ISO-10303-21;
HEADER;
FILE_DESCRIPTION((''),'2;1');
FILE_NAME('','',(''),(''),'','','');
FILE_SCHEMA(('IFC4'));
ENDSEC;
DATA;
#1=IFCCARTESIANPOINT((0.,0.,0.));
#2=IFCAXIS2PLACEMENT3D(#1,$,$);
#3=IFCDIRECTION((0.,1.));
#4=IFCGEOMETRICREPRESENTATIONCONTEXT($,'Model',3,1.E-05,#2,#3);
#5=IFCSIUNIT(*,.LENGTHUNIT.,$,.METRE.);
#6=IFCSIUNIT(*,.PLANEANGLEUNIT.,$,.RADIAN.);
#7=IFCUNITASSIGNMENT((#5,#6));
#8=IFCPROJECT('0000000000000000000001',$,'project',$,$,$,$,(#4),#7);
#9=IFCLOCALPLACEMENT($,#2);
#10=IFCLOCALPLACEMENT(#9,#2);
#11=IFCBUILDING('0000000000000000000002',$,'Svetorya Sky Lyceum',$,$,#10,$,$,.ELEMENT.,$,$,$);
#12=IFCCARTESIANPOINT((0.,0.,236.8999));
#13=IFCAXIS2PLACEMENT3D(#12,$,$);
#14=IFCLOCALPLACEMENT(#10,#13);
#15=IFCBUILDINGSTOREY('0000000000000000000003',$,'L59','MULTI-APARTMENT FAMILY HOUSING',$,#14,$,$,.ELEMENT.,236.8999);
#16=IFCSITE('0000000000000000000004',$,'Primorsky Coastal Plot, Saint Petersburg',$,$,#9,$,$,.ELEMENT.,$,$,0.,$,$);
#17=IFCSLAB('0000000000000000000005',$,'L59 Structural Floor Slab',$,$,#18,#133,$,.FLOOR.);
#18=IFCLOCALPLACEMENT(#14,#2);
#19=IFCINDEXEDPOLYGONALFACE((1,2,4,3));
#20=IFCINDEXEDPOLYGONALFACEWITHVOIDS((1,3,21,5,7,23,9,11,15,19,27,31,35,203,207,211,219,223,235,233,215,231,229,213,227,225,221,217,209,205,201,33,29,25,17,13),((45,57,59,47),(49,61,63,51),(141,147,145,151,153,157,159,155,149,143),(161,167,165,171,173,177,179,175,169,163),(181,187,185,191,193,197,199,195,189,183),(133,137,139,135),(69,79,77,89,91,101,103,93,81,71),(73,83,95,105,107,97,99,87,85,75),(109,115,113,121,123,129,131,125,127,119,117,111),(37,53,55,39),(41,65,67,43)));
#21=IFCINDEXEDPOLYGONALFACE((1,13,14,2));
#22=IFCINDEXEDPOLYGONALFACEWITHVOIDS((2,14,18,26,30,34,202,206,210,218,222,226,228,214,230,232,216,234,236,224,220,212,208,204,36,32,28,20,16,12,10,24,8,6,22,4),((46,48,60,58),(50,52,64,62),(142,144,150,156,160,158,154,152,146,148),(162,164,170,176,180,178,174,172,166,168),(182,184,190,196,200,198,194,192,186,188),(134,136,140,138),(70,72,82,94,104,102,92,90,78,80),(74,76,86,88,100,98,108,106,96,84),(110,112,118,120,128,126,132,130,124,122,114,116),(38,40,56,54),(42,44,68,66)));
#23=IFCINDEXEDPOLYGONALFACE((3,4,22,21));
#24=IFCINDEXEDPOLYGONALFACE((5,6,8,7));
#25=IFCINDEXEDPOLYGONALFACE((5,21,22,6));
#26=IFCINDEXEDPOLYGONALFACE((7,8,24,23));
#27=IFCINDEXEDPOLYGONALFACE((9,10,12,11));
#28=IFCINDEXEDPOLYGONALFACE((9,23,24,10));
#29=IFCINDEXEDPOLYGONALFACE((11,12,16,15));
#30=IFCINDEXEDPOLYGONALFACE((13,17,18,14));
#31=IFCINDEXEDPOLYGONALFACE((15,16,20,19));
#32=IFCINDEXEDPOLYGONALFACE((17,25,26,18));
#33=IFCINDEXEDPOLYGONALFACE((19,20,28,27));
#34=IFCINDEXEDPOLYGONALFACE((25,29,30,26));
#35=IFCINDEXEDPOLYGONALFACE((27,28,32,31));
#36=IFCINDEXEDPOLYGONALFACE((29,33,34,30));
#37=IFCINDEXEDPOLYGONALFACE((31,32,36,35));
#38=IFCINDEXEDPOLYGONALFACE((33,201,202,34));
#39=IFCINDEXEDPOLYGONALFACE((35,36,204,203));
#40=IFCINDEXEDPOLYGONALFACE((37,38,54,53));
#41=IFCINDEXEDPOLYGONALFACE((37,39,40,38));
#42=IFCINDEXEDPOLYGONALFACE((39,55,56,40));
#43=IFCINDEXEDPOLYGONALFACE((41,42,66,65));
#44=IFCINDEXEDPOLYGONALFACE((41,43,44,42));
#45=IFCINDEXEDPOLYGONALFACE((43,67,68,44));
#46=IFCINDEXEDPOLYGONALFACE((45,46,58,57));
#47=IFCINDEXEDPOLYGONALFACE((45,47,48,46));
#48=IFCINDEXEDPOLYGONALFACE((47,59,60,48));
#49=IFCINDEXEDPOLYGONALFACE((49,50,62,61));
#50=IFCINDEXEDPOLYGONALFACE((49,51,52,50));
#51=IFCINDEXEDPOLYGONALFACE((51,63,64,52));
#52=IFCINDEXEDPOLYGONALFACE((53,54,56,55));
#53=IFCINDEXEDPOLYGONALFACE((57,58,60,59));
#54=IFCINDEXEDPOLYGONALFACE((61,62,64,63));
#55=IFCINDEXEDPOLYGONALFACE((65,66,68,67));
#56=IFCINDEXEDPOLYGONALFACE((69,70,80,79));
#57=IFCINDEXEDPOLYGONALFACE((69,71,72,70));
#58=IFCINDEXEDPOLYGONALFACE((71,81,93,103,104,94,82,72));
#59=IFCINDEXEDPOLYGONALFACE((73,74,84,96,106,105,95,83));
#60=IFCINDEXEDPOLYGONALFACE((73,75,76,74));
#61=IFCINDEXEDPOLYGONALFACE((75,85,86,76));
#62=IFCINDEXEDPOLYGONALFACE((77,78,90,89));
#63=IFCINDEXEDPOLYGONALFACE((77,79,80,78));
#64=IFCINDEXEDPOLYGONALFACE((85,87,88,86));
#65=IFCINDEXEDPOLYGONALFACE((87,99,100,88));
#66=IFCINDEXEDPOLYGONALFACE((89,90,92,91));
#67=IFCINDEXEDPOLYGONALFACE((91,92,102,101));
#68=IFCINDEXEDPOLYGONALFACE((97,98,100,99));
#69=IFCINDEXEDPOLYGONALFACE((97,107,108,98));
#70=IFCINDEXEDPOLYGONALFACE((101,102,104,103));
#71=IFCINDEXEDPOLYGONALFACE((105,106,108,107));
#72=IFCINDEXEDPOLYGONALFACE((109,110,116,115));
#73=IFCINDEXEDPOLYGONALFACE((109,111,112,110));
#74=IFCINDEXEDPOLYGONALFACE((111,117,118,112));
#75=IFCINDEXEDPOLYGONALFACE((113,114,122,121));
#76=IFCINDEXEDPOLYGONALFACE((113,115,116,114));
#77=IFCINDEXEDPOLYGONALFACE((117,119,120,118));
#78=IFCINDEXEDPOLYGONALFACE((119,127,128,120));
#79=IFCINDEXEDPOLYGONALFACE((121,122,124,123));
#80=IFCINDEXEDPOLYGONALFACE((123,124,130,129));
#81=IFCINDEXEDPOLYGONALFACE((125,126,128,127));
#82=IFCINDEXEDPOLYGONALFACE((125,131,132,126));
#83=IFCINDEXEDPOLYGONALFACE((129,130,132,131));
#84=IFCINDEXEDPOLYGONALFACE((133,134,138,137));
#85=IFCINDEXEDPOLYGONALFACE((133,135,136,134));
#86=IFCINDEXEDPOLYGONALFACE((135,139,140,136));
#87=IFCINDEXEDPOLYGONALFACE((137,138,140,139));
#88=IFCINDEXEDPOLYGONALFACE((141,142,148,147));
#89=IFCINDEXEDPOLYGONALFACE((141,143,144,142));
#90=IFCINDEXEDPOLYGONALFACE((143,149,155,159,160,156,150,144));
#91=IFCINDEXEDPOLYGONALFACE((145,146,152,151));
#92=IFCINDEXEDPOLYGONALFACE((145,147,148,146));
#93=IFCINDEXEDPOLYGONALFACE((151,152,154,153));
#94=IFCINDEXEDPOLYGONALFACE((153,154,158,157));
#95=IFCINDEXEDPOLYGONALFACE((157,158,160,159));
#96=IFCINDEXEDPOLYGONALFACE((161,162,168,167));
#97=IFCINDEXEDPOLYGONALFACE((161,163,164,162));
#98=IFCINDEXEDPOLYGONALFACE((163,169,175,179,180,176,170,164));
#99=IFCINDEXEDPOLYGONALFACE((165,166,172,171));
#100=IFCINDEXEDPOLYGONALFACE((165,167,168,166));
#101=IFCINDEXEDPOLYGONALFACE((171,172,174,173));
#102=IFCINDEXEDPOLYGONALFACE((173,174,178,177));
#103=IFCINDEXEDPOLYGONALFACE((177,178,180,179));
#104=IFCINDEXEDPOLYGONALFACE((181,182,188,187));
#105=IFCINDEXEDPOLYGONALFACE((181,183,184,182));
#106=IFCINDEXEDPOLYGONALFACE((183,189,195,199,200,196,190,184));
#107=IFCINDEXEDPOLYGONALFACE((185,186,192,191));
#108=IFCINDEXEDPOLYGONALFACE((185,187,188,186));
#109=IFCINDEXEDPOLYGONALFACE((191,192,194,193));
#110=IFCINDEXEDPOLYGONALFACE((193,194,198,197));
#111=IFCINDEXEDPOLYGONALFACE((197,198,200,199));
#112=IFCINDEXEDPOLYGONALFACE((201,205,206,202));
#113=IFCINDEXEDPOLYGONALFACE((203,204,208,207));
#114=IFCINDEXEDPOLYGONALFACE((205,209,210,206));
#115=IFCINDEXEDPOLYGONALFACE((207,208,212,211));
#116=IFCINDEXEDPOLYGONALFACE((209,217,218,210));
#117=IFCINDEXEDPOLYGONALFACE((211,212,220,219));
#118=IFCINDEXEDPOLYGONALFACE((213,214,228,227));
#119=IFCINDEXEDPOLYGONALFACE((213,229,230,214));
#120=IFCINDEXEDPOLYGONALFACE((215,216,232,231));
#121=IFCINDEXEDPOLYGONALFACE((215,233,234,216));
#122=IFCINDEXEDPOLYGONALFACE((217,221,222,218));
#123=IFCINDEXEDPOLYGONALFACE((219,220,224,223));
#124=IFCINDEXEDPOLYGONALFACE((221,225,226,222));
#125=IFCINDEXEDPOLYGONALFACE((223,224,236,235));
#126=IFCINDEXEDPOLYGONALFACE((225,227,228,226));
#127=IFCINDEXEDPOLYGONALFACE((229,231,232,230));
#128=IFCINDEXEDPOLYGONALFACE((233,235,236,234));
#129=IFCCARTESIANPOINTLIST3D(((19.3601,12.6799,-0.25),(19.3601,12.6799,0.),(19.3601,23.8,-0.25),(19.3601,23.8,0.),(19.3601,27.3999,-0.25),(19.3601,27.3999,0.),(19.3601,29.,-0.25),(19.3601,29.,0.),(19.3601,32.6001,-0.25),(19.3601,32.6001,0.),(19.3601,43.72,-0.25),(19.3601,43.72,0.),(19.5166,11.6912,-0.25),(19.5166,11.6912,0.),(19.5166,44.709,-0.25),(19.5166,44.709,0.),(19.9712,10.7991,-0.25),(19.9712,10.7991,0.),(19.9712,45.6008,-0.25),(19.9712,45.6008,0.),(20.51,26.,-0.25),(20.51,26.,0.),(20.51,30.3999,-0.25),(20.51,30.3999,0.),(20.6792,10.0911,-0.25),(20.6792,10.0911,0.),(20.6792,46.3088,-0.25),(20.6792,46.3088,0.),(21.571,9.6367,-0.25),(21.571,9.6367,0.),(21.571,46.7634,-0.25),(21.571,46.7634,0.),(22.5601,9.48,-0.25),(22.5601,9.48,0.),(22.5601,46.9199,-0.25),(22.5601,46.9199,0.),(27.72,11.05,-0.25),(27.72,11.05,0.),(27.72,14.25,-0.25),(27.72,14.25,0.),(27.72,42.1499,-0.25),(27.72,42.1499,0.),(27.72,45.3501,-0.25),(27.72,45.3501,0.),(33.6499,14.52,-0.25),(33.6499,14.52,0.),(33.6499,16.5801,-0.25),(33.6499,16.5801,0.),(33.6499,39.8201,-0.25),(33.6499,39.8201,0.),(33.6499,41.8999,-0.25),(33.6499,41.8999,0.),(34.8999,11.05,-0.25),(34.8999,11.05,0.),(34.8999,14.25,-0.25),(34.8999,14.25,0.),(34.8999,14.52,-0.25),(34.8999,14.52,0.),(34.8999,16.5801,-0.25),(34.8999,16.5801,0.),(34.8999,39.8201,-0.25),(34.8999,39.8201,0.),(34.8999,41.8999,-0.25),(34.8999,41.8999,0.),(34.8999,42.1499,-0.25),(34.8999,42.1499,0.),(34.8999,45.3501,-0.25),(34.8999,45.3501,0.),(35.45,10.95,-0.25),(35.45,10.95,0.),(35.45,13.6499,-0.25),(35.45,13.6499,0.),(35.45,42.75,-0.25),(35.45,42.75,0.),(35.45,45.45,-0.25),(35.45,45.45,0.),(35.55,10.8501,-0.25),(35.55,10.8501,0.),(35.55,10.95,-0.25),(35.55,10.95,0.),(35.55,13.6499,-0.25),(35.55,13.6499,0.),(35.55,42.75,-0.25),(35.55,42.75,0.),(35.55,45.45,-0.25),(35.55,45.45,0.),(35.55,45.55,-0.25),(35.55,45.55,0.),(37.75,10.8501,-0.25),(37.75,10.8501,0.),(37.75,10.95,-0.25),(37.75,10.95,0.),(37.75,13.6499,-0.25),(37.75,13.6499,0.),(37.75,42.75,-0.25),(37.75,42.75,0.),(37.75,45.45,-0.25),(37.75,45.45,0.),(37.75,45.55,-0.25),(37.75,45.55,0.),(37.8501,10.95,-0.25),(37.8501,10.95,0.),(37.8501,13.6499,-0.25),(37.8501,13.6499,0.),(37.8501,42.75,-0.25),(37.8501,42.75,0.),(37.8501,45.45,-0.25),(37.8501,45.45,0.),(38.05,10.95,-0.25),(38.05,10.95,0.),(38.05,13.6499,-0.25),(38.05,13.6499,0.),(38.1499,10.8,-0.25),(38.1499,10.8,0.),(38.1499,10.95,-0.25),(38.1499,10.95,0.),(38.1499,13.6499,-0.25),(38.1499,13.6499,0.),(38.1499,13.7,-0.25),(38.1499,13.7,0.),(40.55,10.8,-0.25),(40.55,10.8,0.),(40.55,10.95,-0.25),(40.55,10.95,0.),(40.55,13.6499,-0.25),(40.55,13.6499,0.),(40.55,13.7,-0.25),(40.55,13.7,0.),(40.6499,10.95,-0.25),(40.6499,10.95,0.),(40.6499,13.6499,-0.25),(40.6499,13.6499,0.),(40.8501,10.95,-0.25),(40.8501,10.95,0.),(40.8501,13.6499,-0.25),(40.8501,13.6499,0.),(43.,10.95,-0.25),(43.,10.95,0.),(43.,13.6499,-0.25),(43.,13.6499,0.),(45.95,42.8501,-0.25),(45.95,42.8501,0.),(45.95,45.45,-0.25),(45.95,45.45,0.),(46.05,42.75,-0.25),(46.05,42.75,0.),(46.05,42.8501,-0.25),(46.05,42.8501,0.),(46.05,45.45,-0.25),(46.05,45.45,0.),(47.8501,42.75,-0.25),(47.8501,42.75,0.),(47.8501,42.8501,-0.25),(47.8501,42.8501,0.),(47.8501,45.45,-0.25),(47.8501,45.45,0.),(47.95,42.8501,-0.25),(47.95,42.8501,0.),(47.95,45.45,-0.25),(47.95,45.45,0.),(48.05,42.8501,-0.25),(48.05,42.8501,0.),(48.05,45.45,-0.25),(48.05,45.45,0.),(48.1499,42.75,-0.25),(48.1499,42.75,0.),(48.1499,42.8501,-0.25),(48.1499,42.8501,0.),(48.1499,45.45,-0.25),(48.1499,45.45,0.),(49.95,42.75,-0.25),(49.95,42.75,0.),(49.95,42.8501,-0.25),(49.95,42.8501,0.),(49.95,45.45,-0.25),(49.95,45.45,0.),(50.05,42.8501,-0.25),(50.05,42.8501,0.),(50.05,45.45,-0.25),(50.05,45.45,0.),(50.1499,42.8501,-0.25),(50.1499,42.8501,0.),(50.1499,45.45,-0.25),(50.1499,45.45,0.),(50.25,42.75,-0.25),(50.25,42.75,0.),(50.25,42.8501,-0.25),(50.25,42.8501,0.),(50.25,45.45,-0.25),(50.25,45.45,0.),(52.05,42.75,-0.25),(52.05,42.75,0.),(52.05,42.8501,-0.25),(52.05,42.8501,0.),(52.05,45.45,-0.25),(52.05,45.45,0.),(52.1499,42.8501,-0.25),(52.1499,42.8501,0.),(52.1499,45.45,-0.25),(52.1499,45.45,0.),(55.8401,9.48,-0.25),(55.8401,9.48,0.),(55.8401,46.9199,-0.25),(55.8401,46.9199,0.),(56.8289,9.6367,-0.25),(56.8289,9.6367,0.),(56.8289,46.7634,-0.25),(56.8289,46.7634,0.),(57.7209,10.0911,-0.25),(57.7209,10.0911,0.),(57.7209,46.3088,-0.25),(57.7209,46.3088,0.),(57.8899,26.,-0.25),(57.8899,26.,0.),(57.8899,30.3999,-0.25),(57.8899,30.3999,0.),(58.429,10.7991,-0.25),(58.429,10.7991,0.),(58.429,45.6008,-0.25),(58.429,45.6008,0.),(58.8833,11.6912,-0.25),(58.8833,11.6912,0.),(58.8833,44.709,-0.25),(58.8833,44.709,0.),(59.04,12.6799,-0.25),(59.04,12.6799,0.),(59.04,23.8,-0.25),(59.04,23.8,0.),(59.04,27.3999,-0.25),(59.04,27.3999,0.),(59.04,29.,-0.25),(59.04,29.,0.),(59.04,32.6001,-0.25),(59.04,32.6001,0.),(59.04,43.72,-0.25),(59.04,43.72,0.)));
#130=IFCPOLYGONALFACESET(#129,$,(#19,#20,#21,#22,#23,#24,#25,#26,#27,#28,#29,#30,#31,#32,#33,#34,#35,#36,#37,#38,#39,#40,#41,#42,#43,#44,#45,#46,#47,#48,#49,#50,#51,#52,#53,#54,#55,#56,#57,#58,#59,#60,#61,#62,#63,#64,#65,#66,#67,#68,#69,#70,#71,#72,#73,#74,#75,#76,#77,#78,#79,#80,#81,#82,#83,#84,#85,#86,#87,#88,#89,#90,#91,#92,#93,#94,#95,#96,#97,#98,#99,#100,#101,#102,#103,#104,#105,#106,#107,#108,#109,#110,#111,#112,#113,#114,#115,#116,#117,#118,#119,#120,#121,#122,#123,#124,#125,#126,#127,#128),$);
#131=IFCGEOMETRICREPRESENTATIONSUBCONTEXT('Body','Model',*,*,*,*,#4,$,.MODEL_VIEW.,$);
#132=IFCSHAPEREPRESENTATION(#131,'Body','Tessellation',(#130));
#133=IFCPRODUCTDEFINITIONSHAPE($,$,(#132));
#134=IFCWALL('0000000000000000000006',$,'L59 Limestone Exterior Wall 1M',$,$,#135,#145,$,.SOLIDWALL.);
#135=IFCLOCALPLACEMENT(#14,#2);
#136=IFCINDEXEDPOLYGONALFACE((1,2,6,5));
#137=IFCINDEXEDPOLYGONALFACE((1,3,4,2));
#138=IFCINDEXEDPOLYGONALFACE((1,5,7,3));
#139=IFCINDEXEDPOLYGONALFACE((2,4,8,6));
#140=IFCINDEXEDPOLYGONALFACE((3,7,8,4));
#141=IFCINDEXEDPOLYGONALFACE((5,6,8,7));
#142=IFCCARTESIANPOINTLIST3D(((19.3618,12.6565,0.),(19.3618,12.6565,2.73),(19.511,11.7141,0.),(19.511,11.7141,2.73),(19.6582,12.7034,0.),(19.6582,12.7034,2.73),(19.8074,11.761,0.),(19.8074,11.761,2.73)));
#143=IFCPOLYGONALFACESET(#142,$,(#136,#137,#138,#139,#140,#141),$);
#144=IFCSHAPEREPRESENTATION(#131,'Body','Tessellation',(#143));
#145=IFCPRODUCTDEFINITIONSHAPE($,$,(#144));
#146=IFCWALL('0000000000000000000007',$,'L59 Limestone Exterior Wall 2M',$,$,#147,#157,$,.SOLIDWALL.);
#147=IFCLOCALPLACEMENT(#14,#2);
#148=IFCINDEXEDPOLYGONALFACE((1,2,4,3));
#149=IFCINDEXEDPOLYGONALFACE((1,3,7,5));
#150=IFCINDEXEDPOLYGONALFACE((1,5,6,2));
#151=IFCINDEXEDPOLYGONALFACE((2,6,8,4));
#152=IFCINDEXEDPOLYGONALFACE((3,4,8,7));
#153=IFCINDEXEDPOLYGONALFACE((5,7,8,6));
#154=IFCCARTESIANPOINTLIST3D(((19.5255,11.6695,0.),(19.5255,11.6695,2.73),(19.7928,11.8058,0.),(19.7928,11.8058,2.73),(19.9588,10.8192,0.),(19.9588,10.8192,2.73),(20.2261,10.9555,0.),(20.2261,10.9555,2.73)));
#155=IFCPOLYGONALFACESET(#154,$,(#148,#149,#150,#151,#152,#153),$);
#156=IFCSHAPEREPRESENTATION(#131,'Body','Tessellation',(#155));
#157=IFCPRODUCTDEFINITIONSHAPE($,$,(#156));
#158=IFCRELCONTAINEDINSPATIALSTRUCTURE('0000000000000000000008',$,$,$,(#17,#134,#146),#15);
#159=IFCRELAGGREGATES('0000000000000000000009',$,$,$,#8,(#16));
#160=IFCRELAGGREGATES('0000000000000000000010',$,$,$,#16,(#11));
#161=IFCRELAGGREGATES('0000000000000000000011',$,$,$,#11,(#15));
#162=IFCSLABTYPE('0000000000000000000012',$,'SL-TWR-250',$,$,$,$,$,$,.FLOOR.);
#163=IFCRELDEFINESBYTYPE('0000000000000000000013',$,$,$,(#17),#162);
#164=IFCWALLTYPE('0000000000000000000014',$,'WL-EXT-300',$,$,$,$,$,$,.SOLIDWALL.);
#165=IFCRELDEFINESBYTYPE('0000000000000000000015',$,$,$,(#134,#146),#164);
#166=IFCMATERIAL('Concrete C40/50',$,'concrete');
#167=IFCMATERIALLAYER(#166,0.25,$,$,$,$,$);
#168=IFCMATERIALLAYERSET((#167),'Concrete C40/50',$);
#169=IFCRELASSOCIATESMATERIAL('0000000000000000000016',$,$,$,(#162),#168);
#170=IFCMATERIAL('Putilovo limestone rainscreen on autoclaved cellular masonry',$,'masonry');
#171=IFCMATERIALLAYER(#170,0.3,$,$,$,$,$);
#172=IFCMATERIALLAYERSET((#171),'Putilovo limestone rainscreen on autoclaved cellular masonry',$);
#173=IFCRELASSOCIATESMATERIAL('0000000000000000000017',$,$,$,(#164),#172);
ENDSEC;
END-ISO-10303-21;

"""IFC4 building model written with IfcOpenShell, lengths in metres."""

from ifc_helpers import new_model, si_unit, direction, frame, frame_2d, origin, place, context, subcontext, project, spatial, polyline, rectangle, outline, extrude, material, layer, layer_set, type_object, element, save


model = new_model("IFC4")

# Units and contexts
model_context = context("Model", 3, precision=1e-05, world=origin(), true_north=direction((0.0, 1.0)))
body_context = subcontext(model_context, "Body", "Model", "MODEL_VIEW")
ifc_project = project(units=[si_unit("LENGTHUNIT", "METRE"), si_unit("PLANEANGLEUNIT", "RADIAN")], contexts=[model_context])

# Site, building, storey
site_placement = place(None, origin())
site = spatial("IfcSite", under=ifc_project, at=site_placement, Name="Primorsky Coastal Plot, Saint Petersburg", CompositionType="ELEMENT", RefElevation=0.0)
building_placement = place(site_placement, origin())
building = spatial("IfcBuilding", under=site, at=building_placement, Name="Svetorya Sky Lyceum", CompositionType="ELEMENT")
storey_placement = place(building_placement, frame((0.0, 0.0, 236.8999)))
storey = spatial("IfcBuildingStorey", under=building, at=storey_placement, Name="L59", Description="MULTI-APARTMENT FAMILY HOUSING", CompositionType="ELEMENT", Elevation=236.8999)

# Shared definitions
ifc_material_1 = material(Name="Concrete C40/50", Category="concrete")

# Slab
ifc_layer_1 = layer(ifc_material_1, 0.25)
ifc_layer_set_1 = layer_set([ifc_layer_1], Name="Concrete C40/50")
slab_type_1 = type_object("IfcSlabType", Name="SL-TWR-250", PredefinedType="FLOOR", material=ifc_layer_set_1)
slab_1_placement = place(storey_placement, frame((0.0, 0.0, -0.25)))
element("IfcSlab", 1, at=slab_1_placement, inside=storey, type_object=slab_type_1, Name="L59 Structural Floor Slab", PredefinedType="FLOOR", context=body_context, shape_type="SweptSolid", body=[
    extrude(outline(polyline([(19.3601, 12.6799), (19.5166, 11.6912), (19.9712, 10.7991), (20.6792, 10.0911), (21.571, 9.6367), (22.5601, 9.48), (55.8401, 9.48), (56.8289, 9.6367), (57.7209, 10.0911), (58.429, 10.7991), (58.8833, 11.6912), (59.04, 12.6799), (59.04, 23.8), (57.8899, 26.0), (59.04, 27.3999), (59.04, 29.0), (57.8899, 30.3999), (59.04, 32.6001), (59.04, 43.72), (58.8833, 44.709), (58.429, 45.6008), (57.7209, 46.3088), (56.8289, 46.7634), (55.8401, 46.9199), (22.5601, 46.9199), (21.571, 46.7634), (20.6792, 46.3088), (19.9712, 45.6008), (19.5166, 44.709), (19.3601, 43.72), (19.3601, 32.6001), (20.51, 30.3999), (19.3601, 29.0), (19.3601, 27.3999), (20.51, 26.0), (19.3601, 23.8), (19.3601, 12.6799)]), holes=[polyline([(37.8501, 10.95), (37.75, 10.95), (37.75, 10.8501), (35.55, 10.8501), (35.55, 10.95), (35.45, 10.95), (35.45, 13.6499), (35.55, 13.6499), (37.75, 13.6499), (37.8501, 13.6499), (37.8501, 10.95)]), polyline([(38.1499, 10.8), (38.1499, 10.95), (38.05, 10.95), (38.05, 13.6499), (38.1499, 13.6499), (38.1499, 13.7), (40.55, 13.7), (40.55, 13.6499), (40.6499, 13.6499), (40.6499, 10.95), (40.55, 10.95), (40.55, 10.8), (38.1499, 10.8)]), polyline([(27.72, 11.05), (27.72, 14.25), (34.8999, 14.25), (34.8999, 11.05), (27.72, 11.05)]), polyline([(33.6499, 14.52), (33.6499, 16.5801), (34.8999, 16.5801), (34.8999, 14.52), (33.6499, 14.52)]), polyline([(33.6499, 39.8201), (33.6499, 41.8999), (34.8999, 41.8999), (34.8999, 39.8201), (33.6499, 39.8201)]), polyline([(27.72, 42.1499), (27.72, 45.3501), (34.8999, 45.3501), (34.8999, 42.1499), (27.72, 42.1499)]), polyline([(37.75, 42.75), (35.55, 42.75), (35.45, 42.75), (35.45, 45.45), (35.55, 45.45), (35.55, 45.55), (37.75, 45.55), (37.75, 45.45), (37.8501, 45.45), (37.8501, 42.75), (37.75, 42.75)]), polyline([(40.8501, 10.95), (40.8501, 13.6499), (43.0, 13.6499), (43.0, 10.95), (40.8501, 10.95)]), polyline([(46.05, 42.75), (46.05, 42.8501), (45.95, 42.8501), (45.95, 45.45), (46.05, 45.45), (47.8501, 45.45), (47.95, 45.45), (47.95, 42.8501), (47.8501, 42.8501), (47.8501, 42.75), (46.05, 42.75)]), polyline([(50.05, 42.8501), (49.95, 42.8501), (49.95, 42.75), (48.1499, 42.75), (48.1499, 42.8501), (48.05, 42.8501), (48.05, 45.45), (48.1499, 45.45), (49.95, 45.45), (50.05, 45.45), (50.05, 42.8501)]), polyline([(52.1499, 42.8501), (52.05, 42.8501), (52.05, 42.75), (50.25, 42.75), (50.25, 42.8501), (50.1499, 42.8501), (50.1499, 45.45), (50.25, 45.45), (52.05, 45.45), (52.1499, 45.45), (52.1499, 42.8501)])]), origin(), (0.0, 0.0, 1.0), 0.25),
])

# Walls
ifc_material_2 = material(Name="Putilovo limestone rainscreen on autoclaved cellular masonry", Category="masonry")
ifc_layer_2 = layer(ifc_material_2, 0.3)
ifc_layer_set_2 = layer_set([ifc_layer_2], Name="Putilovo limestone rainscreen on autoclaved cellular masonry")
wall_type_1 = type_object("IfcWallType", Name="WL-EXT-300", PredefinedType="SOLIDWALL", material=ifc_layer_set_2)
wall_1_placement = place(storey_placement, frame((19.51, 12.6799, 0.0), z_axis=(0.0, 0.0, 1.0), x_axis=(0.156344, -0.987703, 0.0)))
element("IfcWall", 2, at=wall_1_placement, inside=storey, type_object=wall_type_1, Name="L59 Limestone Exterior Wall 1M", PredefinedType="SOLIDWALL", context=body_context, shape_type="SweptSolid", body=[
    extrude(rectangle(XDim=0.9541, YDim=0.3, at=frame_2d((0.4771, 0.0))), origin(), (0.0, 0.0, 1.0), 2.73),
])
wall_2_placement = place(storey_placement, frame((19.6592, 11.7375, 0.0), z_axis=(0.0, 0.0, 1.0), x_axis=(0.454056, -0.890973, 0.0)))
element("IfcWall", 3, at=wall_2_placement, inside=storey, type_object=wall_type_1, Name="L59 Limestone Exterior Wall 2M", PredefinedType="SOLIDWALL", context=body_context, shape_type="SweptSolid", body=[
    extrude(rectangle(XDim=0.9543, YDim=0.3, at=frame_2d((0.4771, 0.0))), origin(), (0.0, 0.0, 1.0), 2.73),
])

save(model, "model.ifc")
